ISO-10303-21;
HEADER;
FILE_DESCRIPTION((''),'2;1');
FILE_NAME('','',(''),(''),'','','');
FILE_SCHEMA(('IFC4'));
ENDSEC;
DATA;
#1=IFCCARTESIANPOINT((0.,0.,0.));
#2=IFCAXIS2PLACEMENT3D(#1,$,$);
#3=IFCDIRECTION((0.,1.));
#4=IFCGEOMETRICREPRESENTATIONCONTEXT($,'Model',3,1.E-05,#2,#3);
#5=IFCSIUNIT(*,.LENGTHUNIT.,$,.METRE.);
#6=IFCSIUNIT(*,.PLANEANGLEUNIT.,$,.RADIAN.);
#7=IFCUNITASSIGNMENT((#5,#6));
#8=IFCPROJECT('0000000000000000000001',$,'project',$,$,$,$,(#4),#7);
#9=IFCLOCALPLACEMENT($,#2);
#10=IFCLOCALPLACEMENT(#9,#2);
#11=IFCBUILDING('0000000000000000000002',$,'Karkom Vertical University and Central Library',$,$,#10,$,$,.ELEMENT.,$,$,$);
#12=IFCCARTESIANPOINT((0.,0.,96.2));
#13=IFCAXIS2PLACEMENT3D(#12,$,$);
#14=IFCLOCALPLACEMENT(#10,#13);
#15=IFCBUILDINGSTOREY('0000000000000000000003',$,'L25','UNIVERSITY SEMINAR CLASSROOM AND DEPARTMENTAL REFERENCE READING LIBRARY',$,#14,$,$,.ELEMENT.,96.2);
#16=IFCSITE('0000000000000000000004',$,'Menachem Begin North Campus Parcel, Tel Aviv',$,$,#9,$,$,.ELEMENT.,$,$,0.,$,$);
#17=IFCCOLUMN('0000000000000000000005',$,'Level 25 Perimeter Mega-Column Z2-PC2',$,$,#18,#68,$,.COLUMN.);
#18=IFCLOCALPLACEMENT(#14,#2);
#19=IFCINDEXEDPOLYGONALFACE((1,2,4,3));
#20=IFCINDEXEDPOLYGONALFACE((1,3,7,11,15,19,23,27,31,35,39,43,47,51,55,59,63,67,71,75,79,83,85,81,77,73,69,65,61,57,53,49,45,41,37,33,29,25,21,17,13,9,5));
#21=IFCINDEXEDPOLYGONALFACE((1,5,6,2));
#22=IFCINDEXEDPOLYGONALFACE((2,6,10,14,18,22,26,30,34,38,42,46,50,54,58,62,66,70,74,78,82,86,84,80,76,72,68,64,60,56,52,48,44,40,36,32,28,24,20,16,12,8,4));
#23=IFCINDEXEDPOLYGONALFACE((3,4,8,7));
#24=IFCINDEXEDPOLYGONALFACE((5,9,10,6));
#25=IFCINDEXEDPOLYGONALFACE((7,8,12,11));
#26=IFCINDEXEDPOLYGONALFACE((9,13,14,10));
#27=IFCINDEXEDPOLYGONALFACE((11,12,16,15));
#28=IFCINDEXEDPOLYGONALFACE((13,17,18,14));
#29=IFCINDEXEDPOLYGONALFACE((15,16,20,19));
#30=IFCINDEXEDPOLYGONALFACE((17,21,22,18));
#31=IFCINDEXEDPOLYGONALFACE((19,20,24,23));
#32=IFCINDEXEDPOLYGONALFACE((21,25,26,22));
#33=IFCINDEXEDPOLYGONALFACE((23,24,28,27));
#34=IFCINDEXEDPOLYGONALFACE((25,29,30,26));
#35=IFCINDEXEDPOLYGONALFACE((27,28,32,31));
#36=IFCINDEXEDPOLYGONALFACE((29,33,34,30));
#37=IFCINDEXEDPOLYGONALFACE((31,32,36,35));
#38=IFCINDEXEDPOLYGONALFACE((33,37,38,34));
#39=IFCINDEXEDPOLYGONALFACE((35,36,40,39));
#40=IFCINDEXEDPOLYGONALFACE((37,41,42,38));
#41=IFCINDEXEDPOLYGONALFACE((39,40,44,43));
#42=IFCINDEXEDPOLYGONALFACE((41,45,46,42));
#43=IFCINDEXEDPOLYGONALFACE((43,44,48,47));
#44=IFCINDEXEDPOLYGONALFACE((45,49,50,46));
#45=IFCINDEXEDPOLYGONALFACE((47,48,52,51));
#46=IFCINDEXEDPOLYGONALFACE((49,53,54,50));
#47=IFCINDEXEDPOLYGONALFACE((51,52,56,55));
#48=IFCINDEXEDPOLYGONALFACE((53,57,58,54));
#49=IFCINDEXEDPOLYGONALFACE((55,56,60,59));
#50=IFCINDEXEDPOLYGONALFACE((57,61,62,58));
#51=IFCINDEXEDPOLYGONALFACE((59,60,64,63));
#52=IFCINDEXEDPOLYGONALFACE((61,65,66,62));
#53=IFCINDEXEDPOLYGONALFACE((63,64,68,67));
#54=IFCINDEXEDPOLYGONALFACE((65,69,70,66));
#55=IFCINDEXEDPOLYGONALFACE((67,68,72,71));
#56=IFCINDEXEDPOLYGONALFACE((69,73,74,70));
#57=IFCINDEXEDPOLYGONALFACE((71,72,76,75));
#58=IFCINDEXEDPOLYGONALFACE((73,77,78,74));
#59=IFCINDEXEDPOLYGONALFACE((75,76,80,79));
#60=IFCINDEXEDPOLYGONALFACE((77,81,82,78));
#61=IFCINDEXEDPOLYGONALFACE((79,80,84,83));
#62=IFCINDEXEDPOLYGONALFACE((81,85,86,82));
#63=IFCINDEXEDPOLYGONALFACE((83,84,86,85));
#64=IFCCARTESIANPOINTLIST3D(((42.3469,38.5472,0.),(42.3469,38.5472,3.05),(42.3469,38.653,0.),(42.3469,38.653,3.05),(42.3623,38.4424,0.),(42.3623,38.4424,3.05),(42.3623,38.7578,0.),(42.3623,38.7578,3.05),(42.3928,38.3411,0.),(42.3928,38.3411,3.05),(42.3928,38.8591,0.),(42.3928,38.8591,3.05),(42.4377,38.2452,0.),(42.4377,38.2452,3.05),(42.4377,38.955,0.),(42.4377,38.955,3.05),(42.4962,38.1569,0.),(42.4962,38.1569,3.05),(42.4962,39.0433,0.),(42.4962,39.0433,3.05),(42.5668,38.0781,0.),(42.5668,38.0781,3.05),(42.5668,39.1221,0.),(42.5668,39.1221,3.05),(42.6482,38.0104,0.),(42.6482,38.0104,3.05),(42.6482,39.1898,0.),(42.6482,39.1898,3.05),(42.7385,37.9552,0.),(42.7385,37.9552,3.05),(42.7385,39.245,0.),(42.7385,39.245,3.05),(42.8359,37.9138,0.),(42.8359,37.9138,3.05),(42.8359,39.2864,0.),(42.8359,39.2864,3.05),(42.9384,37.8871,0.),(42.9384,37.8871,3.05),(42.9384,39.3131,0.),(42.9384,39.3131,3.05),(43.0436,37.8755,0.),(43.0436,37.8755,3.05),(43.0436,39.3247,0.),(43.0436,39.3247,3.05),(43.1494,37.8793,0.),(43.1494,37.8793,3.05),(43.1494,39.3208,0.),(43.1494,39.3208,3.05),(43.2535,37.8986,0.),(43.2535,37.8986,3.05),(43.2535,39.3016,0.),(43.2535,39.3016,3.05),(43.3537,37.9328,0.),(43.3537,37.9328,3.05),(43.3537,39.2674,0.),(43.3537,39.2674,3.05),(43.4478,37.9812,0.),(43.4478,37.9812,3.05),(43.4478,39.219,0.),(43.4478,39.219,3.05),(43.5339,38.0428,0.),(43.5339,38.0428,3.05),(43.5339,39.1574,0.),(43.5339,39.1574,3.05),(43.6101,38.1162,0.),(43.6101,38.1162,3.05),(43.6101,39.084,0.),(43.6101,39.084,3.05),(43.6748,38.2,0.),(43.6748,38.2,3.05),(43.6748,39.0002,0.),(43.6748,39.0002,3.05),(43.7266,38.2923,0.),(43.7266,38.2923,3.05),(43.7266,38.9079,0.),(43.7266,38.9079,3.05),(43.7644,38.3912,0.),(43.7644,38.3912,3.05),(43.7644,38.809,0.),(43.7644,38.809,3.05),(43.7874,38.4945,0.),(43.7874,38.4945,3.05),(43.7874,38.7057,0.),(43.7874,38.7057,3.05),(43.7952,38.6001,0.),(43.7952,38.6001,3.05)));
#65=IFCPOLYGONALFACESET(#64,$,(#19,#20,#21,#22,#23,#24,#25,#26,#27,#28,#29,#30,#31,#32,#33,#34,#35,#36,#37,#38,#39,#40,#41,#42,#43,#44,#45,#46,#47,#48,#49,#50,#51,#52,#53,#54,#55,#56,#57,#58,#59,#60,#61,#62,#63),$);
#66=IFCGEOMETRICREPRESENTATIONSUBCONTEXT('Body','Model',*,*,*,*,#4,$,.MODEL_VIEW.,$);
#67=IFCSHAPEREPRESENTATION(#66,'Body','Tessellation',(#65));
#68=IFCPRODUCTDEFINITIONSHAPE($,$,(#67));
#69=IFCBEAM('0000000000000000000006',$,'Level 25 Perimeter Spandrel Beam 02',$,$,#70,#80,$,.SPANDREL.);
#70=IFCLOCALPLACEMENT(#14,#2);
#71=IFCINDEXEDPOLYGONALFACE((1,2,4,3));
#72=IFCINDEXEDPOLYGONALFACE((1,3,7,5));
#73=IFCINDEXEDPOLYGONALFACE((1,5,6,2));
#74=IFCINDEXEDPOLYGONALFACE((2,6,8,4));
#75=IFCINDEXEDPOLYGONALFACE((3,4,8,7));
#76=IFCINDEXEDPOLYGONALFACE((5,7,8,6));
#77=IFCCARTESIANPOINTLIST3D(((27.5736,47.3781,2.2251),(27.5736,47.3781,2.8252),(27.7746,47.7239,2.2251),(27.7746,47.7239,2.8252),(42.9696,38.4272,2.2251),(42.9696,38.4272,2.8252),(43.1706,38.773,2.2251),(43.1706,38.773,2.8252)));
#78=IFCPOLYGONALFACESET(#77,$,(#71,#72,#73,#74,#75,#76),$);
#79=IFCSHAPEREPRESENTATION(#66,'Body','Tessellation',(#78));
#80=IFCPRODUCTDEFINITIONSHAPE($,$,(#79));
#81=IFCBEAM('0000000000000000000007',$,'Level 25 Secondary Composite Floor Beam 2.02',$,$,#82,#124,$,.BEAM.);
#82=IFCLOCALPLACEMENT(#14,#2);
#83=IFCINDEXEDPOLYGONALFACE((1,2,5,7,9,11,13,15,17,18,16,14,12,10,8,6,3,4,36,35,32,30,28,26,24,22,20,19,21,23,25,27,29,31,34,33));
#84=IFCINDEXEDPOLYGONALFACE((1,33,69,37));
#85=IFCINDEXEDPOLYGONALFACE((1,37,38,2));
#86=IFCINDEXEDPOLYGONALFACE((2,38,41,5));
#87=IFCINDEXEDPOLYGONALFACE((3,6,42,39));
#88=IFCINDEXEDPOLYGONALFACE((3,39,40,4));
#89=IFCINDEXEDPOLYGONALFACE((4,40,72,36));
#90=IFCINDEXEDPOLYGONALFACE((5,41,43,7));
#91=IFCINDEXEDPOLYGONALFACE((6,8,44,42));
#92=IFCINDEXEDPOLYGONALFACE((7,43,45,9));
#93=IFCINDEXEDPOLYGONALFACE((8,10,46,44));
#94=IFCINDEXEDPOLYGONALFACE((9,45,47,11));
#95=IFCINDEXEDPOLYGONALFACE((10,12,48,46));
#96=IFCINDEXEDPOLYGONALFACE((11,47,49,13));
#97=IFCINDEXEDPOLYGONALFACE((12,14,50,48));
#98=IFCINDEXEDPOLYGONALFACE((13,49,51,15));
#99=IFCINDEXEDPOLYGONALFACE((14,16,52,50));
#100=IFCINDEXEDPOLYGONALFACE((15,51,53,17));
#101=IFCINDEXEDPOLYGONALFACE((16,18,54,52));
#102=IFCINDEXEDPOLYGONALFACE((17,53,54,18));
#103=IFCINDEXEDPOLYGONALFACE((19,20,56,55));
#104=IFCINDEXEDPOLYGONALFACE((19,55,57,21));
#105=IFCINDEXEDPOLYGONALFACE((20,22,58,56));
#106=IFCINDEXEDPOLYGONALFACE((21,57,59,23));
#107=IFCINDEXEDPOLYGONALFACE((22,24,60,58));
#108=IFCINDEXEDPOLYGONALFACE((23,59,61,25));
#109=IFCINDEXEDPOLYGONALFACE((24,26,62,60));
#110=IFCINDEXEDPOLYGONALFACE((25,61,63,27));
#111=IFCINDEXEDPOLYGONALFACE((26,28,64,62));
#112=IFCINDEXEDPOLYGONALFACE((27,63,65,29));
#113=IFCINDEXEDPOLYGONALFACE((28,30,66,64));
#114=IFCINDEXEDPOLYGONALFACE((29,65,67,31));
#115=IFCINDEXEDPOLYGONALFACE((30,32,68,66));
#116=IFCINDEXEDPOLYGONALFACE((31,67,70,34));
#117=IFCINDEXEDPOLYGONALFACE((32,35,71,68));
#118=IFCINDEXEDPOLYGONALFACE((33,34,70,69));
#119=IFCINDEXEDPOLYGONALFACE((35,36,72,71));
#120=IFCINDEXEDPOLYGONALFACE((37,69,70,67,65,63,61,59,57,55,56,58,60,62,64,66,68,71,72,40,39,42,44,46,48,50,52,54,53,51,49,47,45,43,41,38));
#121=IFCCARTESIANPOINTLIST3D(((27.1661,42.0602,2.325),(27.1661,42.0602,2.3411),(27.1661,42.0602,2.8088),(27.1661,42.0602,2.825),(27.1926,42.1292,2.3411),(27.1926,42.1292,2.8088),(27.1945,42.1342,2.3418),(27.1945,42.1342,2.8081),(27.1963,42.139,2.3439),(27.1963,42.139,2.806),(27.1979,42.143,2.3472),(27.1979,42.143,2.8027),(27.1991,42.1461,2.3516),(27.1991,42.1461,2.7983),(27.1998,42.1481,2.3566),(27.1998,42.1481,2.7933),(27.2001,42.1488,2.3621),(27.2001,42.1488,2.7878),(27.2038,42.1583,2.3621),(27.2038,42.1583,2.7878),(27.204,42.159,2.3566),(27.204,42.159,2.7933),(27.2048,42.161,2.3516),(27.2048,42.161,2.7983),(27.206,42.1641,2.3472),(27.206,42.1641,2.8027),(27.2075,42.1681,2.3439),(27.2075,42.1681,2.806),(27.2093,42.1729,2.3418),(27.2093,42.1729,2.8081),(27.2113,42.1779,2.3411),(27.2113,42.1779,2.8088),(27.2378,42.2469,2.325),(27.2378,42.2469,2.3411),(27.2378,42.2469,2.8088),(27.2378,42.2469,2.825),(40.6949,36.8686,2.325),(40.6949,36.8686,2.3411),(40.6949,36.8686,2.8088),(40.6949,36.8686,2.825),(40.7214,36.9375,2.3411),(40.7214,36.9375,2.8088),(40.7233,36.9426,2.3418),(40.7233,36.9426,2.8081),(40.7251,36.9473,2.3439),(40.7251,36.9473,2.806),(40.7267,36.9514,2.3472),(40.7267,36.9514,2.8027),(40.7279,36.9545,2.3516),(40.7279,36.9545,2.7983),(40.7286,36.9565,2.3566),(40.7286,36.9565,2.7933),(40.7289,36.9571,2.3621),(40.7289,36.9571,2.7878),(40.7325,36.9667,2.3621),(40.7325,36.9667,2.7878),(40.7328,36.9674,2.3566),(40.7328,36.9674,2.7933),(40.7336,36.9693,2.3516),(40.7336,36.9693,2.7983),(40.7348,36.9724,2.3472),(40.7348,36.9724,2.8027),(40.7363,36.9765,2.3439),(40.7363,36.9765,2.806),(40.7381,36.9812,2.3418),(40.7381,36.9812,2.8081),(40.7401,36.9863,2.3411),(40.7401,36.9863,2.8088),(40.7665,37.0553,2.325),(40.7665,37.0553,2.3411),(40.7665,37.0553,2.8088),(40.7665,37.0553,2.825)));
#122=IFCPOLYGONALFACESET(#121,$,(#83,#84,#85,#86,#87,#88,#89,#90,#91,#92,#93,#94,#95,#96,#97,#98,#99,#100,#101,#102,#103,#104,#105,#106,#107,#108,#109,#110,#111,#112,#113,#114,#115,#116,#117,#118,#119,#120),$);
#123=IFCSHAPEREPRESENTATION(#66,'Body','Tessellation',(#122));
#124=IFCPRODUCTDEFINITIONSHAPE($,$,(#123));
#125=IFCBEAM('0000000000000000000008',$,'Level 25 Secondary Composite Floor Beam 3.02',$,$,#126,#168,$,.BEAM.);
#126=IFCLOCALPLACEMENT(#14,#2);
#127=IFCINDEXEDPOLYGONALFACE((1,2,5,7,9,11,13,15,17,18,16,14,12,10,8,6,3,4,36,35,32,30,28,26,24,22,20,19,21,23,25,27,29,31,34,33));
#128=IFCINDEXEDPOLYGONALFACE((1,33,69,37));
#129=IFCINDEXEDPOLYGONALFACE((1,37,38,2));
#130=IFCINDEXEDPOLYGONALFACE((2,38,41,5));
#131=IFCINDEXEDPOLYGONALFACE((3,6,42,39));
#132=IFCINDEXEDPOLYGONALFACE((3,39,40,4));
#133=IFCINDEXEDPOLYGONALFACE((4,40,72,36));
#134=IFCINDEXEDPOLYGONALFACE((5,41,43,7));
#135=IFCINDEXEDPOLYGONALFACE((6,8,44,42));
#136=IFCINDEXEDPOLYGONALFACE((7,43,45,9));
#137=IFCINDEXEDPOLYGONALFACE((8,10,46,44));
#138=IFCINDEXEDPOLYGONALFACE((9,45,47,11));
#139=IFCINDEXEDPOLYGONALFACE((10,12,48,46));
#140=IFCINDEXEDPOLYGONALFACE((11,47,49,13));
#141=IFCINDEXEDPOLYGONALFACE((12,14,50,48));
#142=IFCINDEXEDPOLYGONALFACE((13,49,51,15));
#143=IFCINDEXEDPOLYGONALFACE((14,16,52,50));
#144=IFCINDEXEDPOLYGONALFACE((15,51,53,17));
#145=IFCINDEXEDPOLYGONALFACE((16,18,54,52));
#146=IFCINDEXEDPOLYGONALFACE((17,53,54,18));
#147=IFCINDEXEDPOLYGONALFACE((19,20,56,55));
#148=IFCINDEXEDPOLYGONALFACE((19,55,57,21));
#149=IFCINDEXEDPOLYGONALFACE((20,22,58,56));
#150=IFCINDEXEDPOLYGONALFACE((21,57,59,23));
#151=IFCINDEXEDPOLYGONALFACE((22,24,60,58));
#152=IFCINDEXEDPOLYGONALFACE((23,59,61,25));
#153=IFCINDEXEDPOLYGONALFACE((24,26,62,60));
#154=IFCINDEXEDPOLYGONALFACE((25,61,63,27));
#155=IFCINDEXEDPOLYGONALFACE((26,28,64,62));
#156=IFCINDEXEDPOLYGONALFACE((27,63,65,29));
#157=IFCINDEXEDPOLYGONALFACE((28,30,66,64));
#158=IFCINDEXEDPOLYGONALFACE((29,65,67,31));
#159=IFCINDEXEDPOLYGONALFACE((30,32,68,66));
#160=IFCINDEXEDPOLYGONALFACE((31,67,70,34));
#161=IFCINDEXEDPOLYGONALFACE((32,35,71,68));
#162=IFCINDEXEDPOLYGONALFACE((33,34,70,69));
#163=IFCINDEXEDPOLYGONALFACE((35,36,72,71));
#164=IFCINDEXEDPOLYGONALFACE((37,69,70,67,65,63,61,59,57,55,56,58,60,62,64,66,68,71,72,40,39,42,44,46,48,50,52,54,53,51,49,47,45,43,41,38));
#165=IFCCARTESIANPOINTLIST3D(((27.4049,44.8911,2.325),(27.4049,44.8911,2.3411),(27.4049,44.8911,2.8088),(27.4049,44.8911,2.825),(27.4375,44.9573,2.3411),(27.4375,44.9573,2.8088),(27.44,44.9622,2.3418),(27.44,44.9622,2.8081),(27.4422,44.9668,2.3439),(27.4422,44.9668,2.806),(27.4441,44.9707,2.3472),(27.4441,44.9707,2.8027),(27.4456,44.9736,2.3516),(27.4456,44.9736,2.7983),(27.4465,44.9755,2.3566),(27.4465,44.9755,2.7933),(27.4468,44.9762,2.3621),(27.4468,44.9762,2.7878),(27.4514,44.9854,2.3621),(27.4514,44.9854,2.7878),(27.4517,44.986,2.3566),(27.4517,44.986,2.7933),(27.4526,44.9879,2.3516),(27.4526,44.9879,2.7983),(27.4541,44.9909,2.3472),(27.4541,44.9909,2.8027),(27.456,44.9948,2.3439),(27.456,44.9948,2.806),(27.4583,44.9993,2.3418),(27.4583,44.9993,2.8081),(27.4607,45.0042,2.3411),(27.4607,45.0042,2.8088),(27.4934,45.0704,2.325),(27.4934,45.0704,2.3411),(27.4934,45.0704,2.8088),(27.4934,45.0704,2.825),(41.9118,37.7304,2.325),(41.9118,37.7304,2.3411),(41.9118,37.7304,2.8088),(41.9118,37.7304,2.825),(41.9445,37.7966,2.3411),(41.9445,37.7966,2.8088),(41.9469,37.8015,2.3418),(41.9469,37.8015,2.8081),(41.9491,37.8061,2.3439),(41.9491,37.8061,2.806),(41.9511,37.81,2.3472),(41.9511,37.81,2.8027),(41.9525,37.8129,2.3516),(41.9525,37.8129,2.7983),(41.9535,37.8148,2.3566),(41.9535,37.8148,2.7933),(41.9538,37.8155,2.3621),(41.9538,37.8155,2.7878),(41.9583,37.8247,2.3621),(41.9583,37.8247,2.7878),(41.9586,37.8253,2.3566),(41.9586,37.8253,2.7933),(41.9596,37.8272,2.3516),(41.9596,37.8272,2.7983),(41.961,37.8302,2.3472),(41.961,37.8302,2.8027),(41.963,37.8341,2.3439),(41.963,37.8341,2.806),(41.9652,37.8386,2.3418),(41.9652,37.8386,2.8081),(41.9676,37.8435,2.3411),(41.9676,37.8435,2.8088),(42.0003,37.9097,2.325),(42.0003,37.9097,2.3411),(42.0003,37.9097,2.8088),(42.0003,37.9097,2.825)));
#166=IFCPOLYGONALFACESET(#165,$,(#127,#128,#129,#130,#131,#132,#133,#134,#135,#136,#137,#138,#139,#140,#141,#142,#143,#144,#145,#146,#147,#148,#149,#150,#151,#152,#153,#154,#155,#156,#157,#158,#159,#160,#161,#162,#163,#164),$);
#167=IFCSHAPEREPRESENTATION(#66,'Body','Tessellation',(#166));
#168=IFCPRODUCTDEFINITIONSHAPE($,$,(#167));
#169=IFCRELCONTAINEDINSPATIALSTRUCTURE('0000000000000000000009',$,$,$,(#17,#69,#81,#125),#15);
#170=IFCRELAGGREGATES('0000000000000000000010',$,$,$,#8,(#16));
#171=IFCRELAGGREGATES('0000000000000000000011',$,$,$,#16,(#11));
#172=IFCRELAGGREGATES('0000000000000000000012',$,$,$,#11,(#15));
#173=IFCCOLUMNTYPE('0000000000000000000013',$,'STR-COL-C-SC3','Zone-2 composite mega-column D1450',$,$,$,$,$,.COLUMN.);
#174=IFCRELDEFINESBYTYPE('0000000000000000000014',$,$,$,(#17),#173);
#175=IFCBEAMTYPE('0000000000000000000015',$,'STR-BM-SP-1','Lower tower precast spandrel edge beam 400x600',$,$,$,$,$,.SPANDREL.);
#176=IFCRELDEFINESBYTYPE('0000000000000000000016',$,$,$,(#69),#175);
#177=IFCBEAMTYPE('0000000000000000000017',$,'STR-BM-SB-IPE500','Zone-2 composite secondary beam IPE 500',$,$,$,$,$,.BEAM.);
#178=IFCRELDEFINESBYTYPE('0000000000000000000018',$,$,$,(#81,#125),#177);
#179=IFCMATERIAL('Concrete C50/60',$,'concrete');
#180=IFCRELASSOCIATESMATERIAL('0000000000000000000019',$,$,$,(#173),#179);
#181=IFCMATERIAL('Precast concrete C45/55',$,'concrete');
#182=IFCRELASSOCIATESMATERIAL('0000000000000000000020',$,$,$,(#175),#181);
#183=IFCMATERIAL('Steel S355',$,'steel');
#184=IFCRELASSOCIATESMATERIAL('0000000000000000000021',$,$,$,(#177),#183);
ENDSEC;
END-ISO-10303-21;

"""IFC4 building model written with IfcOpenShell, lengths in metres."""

from ifc_helpers import new_model, si_unit, direction, frame, origin, origin_with_axes, origin_2d, place, context, subcontext, project, spatial, rectangle, circle, i_section, extrude, source, transform, mapped, material, material_profile, profile_set, type_object, element, save


model = new_model("IFC4")

# Units and contexts
model_context = context("Model", 3, precision=1e-05, world=origin(), true_north=direction((0.0, 1.0)))
body_context = subcontext(model_context, "Body", "Model", "MODEL_VIEW")
ifc_project = project(units=[si_unit("LENGTHUNIT", "METRE"), si_unit("PLANEANGLEUNIT", "RADIAN")], contexts=[model_context])

# Site, building, storey
site_placement = place(None, origin())
site = spatial("IfcSite", under=ifc_project, at=site_placement, Name="Menachem Begin North Campus Parcel, Tel Aviv", CompositionType="ELEMENT", RefElevation=0.0)
building_placement = place(site_placement, origin())
building = spatial("IfcBuilding", under=site, at=building_placement, Name="Karkom Vertical University and Central Library", CompositionType="ELEMENT")
storey_placement = place(building_placement, frame((0.0, 0.0, 96.2)))
storey = spatial("IfcBuildingStorey", under=building, at=storey_placement, Name="L25", Description="UNIVERSITY SEMINAR CLASSROOM AND DEPARTMENTAL REFERENCE READING LIBRARY", CompositionType="ELEMENT", Elevation=96.2)

# Column
ifc_material_1 = material(Name="Concrete C50/60", Category="concrete")
ifc_material_profile_1 = material_profile(ifc_material_1, circle(Radius=0.7251, at=origin_2d()), Name="CFT-D1450")
ifc_profile_set_1 = profile_set([ifc_material_profile_1], Name="Concrete C50/60")
column_type = type_object("IfcColumnType", Name="STR-COL-C-SC3", Description="Zone-2 composite mega-column D1450", PredefinedType="COLUMN", material=ifc_profile_set_1)
shared_shape_1 = source(origin_with_axes(), body_context, "Body", "SweptSolid", [
    extrude(circle(Radius=0.7251, at=origin_2d()), origin(), (0.0, 0.0, 1.0), 3.05),
])
column_placement = place(storey_placement, frame((43.0701, 38.6001, 0.0), z_axis=(0.0, 0.0, 1.0), x_axis=(1.0, 0.0, 0.0)))
element("IfcColumn", 1, at=column_placement, inside=storey, type_object=column_type, Name="Level 25 Perimeter Mega-Column Z2-PC2", PredefinedType="COLUMN", context=body_context, shape_type="MappedRepresentation", body=[
    mapped(shared_shape_1, transform((0.0, 0.0, 0.0), scale=1.0)),
])

# Beams
ifc_material_2 = material(Name="Precast concrete C45/55", Category="concrete")
ifc_material_profile_2 = material_profile(ifc_material_2, rectangle(XDim=0.3999, YDim=0.6001, at=origin_2d()), Name="SPB-400x600")
ifc_profile_set_2 = profile_set([ifc_material_profile_2], Name="Precast concrete C45/55")
beam_type_1 = type_object("IfcBeamType", Name="STR-BM-SP-1", Description="Lower tower precast spandrel edge beam 400x600", PredefinedType="SPANDREL", material=ifc_profile_set_2)
shared_shape_2 = source(origin_with_axes(), body_context, "Body", "SweptSolid", [
    extrude(rectangle(XDim=0.3999, YDim=0.6001, at=origin_2d()), origin(), (0.0, 0.0, 1.0), 17.8088),
])
beam_1_placement = place(storey_placement, frame((43.0701, 38.6001, 2.5251), z_axis=(-0.864513, 0.502611, 0.0), x_axis=(-0.502611, -0.864513, 0.0)))
element("IfcBeam", 2, at=beam_1_placement, inside=storey, type_object=beam_type_1, Name="Level 25 Perimeter Spandrel Beam 02", PredefinedType="SPANDREL", context=body_context, shape_type="MappedRepresentation", body=[
    mapped(shared_shape_2, transform((0.0, 0.0, 0.0), scale=1.0)),
])
ifc_material_3 = material(Name="Steel S355", Category="steel")
ifc_material_profile_3 = material_profile(ifc_material_3, i_section(OverallWidth=0.2, OverallDepth=0.5, WebThickness=0.0103, FlangeThickness=0.0161, FilletRadius=0.021, at=origin_2d()), Name="IPE 500")
ifc_profile_set_3 = profile_set([ifc_material_profile_3], Name="Steel S355")
beam_type_2 = type_object("IfcBeamType", Name="STR-BM-SB-IPE500", Description="Zone-2 composite secondary beam IPE 500", PredefinedType="BEAM", material=ifc_profile_set_3)
shared_shape_3 = source(origin_with_axes(), body_context, "Body", "SweptSolid", [
    extrude(i_section(OverallWidth=0.2, OverallDepth=0.5, WebThickness=0.0103, FlangeThickness=0.0161, FilletRadius=0.021, at=origin_2d()), origin(), (0.0, 0.0, 1.0), 14.4907),
])
beam_2_placement = place(storey_placement, frame((40.7307, 36.9619, 2.575), z_axis=(-0.933617, 0.358273, 0.0), x_axis=(-0.358273, -0.933617, 0.0)))
element("IfcBeam", 3, at=beam_2_placement, inside=storey, type_object=beam_type_2, Name="Level 25 Secondary Composite Floor Beam 2.02", PredefinedType="BEAM", context=body_context, shape_type="MappedRepresentation", body=[
    mapped(shared_shape_3, transform((0.0, 0.0, 0.0), scale=1.0)),
])
shared_shape_4 = source(origin_with_axes(), body_context, "Body", "SweptSolid", [
    extrude(i_section(OverallWidth=0.2, OverallDepth=0.5, WebThickness=0.0103, FlangeThickness=0.0161, FilletRadius=0.021, at=origin_2d()), origin(), (0.0, 0.0, 1.0), 16.178),
])
beam_3_placement = place(storey_placement, frame((41.9561, 37.8201, 2.575), z_axis=(-0.896709, 0.44262, 0.0), x_axis=(-0.44262, -0.896709, 0.0)))
element("IfcBeam", 4, at=beam_3_placement, inside=storey, type_object=beam_type_2, Name="Level 25 Secondary Composite Floor Beam 3.02", PredefinedType="BEAM", context=body_context, shape_type="MappedRepresentation", body=[
    mapped(shared_shape_4, transform((0.0, 0.0, 0.0), scale=1.0)),
])

save(model, "model.ifc")
